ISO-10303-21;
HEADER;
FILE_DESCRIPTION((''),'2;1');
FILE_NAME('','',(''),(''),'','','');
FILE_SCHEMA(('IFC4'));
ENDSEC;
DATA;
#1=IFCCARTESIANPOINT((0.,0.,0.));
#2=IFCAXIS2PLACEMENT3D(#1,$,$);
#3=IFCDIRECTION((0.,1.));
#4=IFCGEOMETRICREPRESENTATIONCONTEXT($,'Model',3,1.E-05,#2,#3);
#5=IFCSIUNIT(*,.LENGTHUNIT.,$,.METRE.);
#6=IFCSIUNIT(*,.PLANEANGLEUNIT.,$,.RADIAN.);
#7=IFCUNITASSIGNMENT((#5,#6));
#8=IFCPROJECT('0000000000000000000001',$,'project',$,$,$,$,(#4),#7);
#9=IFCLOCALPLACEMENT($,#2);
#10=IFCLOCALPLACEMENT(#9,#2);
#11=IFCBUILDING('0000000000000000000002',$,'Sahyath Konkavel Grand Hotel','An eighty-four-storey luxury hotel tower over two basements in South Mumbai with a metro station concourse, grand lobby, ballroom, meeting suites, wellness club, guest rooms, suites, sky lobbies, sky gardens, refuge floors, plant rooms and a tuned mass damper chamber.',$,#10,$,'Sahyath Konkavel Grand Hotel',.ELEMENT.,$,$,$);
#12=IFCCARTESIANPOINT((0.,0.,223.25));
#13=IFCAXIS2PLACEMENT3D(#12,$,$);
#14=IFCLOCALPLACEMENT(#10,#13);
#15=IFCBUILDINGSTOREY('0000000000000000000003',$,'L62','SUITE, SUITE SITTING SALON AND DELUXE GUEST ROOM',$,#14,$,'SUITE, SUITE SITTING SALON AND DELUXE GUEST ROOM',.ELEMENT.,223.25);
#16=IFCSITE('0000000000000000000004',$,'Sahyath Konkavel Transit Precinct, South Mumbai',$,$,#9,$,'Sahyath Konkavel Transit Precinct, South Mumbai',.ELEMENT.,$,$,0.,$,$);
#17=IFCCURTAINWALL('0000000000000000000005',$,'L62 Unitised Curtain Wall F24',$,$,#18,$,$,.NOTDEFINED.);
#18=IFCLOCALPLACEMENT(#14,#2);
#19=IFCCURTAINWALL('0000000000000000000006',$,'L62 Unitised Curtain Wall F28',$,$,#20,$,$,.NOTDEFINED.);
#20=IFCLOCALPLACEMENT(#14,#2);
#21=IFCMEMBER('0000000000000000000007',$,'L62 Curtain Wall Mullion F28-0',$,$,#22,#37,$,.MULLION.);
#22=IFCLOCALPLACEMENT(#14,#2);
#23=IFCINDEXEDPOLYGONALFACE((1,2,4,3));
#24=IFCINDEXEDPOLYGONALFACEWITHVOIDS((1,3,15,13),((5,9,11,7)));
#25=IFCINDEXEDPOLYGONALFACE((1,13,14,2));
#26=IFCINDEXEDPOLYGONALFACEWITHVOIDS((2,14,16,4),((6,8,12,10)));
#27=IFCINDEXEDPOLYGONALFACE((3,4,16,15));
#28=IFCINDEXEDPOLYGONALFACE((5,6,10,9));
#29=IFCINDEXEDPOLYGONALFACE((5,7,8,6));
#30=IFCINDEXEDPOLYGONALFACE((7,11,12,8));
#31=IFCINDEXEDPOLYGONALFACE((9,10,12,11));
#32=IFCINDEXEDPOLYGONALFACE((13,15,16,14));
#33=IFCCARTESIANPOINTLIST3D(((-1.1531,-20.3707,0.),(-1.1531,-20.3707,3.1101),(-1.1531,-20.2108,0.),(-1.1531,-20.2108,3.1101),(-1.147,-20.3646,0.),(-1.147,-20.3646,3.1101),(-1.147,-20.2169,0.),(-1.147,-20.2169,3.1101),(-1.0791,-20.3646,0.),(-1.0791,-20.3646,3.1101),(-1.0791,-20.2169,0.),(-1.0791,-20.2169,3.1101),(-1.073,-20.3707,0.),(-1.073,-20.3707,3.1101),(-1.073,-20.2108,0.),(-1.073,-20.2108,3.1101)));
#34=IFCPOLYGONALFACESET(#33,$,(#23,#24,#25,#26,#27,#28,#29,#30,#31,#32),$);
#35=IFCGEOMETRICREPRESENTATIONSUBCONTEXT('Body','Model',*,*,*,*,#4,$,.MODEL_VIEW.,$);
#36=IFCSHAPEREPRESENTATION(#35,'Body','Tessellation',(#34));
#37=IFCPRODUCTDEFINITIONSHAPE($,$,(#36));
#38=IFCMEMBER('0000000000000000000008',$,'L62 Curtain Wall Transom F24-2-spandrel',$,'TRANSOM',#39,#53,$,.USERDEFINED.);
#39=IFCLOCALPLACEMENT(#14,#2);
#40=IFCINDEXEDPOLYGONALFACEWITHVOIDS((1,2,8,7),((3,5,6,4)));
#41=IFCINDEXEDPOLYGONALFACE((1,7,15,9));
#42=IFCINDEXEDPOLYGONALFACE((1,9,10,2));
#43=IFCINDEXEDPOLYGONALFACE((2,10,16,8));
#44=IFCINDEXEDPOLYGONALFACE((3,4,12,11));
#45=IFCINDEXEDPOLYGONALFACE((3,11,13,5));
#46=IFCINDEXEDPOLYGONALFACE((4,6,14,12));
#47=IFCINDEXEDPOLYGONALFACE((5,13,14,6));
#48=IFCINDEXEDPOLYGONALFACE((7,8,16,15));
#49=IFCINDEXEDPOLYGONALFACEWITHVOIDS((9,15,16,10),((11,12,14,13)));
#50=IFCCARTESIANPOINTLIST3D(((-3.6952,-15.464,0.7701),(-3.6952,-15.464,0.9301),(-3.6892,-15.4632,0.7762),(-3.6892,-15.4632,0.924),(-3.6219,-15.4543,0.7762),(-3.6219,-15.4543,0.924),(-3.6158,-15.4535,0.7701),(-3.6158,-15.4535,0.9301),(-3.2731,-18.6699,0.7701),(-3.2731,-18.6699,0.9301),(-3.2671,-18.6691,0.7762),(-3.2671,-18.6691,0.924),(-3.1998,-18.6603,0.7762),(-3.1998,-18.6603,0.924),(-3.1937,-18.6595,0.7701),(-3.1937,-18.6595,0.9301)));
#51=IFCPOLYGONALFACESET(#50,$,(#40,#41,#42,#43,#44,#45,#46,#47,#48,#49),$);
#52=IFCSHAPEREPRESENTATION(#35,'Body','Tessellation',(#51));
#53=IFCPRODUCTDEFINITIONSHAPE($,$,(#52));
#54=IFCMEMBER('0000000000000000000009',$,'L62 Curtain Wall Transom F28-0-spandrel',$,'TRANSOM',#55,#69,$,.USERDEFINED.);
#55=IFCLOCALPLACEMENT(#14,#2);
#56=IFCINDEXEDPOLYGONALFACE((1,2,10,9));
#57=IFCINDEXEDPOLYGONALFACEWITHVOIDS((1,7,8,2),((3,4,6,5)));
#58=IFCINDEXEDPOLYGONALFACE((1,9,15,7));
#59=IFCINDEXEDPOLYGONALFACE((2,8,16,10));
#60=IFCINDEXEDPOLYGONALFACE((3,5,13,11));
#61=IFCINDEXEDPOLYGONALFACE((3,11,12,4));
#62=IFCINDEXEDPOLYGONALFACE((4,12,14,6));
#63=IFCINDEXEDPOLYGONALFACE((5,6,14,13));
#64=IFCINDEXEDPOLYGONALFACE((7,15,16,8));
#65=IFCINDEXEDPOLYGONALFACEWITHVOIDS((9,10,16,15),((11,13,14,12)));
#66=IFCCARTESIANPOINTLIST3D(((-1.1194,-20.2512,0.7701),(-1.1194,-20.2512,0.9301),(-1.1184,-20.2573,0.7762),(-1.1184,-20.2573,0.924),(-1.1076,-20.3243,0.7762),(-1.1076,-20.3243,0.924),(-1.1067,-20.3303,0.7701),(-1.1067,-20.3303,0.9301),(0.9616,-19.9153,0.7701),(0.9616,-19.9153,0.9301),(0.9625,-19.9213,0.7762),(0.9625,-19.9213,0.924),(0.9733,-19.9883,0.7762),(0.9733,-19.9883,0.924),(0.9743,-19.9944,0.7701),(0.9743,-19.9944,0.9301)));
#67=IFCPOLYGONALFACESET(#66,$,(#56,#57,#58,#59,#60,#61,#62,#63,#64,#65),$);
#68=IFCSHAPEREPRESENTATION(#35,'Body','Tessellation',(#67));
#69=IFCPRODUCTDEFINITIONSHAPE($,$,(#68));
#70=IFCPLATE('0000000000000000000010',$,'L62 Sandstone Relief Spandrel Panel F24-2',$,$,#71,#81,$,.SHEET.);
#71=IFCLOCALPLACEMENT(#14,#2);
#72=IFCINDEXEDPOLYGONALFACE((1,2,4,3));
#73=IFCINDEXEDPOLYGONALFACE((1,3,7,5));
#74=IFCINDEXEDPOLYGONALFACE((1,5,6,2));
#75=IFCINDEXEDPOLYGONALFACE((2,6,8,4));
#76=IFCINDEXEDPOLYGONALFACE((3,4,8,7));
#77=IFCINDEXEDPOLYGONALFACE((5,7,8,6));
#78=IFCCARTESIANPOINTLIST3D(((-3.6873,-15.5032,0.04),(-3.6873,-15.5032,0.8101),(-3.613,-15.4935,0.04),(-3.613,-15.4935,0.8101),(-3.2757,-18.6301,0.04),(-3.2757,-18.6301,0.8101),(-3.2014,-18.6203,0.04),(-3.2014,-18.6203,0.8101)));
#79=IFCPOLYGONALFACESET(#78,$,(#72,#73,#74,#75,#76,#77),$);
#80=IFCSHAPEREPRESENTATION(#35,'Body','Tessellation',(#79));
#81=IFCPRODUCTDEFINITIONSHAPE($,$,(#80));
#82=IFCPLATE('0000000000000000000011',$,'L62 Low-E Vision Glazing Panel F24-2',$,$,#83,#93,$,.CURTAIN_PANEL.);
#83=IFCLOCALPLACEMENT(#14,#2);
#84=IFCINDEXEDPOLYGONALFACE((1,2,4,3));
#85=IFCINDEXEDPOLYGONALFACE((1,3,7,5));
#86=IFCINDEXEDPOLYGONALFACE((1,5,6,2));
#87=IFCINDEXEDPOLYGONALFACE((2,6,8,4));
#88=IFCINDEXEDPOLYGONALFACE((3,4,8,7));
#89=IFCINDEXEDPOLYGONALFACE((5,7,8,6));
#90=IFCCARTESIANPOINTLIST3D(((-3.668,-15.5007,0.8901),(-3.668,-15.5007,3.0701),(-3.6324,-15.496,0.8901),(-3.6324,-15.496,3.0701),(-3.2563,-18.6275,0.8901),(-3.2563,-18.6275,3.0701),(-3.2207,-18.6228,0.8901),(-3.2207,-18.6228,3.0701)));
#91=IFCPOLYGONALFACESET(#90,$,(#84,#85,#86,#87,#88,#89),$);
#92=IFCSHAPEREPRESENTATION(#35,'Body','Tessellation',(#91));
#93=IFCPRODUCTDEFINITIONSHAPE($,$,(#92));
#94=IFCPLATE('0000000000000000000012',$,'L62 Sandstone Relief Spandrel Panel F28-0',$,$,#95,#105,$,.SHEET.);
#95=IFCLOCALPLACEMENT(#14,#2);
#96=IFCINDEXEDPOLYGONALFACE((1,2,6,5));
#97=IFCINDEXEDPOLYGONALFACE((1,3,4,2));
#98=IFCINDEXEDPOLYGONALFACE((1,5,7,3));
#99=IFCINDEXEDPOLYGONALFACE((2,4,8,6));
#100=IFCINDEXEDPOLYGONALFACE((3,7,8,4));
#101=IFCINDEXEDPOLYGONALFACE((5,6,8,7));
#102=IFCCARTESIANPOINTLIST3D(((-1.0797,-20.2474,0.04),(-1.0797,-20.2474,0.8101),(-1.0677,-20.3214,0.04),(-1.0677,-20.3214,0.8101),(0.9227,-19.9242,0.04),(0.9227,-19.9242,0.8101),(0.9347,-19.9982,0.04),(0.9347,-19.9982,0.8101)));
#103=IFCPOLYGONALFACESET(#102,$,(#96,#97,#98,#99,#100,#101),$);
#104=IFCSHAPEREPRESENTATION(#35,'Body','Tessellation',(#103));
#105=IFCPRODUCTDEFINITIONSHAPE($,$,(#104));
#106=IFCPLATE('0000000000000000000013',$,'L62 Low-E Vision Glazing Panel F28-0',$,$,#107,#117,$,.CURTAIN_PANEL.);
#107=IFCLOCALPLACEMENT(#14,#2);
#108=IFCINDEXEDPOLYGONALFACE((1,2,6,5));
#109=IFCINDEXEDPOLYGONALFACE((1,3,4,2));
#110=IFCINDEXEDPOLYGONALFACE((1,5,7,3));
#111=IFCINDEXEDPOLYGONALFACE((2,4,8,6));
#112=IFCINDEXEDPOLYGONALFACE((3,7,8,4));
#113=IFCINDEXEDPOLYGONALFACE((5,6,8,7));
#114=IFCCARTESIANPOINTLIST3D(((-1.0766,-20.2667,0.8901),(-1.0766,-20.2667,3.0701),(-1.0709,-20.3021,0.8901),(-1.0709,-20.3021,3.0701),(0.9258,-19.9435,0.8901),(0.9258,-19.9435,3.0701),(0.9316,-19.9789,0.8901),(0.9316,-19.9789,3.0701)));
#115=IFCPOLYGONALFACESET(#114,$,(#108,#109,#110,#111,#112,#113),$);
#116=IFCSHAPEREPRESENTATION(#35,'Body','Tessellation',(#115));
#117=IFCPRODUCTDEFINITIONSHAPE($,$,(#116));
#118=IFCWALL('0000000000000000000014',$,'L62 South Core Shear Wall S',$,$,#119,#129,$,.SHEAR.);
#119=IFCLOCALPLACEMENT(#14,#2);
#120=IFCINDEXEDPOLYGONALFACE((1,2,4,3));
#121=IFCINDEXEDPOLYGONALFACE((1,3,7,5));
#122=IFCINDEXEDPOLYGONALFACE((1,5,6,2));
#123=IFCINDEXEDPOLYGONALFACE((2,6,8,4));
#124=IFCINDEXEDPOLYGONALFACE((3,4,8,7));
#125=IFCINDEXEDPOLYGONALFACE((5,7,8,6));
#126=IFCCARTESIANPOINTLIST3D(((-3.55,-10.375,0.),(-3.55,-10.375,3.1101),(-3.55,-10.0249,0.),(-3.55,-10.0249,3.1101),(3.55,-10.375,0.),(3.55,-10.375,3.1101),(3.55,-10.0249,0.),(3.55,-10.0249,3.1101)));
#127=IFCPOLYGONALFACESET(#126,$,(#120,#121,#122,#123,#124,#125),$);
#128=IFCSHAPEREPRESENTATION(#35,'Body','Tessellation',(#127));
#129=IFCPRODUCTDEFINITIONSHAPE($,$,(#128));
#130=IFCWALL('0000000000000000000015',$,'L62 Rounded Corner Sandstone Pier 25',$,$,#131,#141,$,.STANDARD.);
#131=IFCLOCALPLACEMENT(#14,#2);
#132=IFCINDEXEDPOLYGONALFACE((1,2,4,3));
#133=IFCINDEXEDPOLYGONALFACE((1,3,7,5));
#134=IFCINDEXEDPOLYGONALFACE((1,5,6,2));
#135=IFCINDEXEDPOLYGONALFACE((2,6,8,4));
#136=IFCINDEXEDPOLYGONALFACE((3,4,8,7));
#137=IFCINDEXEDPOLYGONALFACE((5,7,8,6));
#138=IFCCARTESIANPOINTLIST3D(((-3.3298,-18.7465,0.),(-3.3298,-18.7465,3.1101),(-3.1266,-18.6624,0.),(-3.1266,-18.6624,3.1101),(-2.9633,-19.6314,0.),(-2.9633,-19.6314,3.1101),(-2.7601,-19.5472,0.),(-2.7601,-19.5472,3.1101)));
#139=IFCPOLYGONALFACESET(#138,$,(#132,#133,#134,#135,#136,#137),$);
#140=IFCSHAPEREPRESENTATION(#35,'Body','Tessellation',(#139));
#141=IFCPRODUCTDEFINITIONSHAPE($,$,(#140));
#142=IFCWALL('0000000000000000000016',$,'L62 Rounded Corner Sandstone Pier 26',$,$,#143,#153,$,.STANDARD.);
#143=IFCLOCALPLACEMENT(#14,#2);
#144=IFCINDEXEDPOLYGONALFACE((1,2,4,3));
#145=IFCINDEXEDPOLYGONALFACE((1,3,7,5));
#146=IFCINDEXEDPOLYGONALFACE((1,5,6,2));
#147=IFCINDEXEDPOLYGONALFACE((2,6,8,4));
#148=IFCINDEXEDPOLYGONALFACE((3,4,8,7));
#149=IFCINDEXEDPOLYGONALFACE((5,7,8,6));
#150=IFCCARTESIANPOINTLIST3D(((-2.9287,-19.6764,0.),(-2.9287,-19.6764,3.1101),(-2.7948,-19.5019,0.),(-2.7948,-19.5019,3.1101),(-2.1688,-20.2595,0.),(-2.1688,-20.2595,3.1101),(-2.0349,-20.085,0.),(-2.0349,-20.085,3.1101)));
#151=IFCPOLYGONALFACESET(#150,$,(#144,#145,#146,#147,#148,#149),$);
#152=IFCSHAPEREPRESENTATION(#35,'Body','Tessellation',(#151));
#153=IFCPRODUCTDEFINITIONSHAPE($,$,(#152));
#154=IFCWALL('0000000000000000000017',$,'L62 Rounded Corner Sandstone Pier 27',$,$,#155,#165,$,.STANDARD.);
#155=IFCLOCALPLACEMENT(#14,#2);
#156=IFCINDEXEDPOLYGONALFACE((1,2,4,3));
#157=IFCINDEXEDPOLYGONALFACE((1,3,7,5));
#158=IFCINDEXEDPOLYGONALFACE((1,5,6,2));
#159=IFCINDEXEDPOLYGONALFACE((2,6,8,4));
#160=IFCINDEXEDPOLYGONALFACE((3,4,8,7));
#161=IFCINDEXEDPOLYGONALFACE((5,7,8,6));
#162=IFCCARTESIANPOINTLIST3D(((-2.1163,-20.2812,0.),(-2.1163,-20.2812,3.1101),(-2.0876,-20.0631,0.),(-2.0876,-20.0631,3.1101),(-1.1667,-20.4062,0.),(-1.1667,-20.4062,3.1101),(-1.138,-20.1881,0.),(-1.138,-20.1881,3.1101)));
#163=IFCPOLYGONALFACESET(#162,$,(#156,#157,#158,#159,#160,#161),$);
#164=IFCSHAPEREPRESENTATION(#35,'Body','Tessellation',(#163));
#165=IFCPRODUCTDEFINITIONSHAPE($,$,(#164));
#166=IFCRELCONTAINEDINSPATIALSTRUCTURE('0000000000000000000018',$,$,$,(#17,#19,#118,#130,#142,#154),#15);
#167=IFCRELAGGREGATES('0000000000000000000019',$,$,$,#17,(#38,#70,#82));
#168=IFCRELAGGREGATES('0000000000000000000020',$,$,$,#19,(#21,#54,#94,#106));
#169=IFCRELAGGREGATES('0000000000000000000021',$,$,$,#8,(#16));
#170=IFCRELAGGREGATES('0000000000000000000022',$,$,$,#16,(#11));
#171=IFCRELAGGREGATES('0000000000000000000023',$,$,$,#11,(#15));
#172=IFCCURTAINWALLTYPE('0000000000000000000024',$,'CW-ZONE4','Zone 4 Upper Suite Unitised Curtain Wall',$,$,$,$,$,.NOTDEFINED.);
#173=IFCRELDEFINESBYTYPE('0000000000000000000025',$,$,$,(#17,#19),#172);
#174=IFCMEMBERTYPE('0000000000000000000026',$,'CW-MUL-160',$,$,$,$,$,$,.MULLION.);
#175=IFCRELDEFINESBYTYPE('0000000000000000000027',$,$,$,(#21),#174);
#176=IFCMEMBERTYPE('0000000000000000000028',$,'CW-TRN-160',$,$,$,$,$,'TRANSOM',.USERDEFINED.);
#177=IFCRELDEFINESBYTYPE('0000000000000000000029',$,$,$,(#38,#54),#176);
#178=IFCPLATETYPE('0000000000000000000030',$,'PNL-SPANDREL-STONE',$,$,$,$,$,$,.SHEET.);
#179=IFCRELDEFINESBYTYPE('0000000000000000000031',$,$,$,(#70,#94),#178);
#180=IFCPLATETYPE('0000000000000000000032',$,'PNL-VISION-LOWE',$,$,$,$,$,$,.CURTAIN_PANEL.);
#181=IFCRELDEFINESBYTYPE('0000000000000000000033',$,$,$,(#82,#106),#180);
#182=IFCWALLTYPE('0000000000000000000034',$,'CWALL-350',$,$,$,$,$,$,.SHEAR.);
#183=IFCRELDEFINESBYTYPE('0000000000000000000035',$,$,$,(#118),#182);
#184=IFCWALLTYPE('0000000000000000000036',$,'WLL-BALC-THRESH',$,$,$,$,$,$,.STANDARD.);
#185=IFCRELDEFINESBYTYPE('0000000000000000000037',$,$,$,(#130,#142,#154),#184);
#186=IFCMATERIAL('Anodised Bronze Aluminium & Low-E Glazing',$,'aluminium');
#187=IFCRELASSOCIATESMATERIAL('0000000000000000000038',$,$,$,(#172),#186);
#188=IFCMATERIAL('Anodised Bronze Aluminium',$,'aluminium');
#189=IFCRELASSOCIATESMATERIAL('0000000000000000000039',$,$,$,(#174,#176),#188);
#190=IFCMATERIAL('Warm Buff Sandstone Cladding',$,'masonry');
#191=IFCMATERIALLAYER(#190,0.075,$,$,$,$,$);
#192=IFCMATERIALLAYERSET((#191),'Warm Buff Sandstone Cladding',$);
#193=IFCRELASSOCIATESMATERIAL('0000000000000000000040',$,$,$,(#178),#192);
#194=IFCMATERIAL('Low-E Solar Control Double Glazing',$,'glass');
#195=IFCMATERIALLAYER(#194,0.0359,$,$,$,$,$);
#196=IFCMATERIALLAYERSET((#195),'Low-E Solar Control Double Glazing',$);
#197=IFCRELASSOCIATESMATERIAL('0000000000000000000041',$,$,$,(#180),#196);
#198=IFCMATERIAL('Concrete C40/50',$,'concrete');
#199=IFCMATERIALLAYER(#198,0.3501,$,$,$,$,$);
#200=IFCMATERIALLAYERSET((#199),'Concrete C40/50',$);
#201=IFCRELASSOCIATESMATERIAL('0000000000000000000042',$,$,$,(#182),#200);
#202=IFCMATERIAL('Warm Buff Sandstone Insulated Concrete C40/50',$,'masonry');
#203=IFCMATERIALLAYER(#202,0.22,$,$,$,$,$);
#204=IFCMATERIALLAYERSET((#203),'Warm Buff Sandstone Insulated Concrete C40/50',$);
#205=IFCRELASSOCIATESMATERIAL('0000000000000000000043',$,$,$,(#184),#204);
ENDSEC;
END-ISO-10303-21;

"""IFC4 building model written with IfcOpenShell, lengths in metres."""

from ifc_helpers import new_model, si_unit, direction, frame, frame_2d, origin, origin_2d, place, context, subcontext, project, spatial, rectangle, hollow_rectangle, extrude, source, transform, mapped, material, layer, layer_set, material_profile, profile_set, type_object, element, aggregate, save


model = new_model("IFC4")

# Units and contexts
model_context = context("Model", 3, precision=1e-05, world=origin(), true_north=direction((0.0, 1.0)))
body_context = subcontext(model_context, "Body", "Model", "MODEL_VIEW")
ifc_project = project(units=[si_unit("LENGTHUNIT", "METRE"), si_unit("PLANEANGLEUNIT", "RADIAN")], contexts=[model_context])

# Site, building, storey
site_placement = place(None, origin())
site = spatial("IfcSite", under=ifc_project, at=site_placement, Name="Sahyath Konkavel Transit Precinct, South Mumbai", LongName="Sahyath Konkavel Transit Precinct, South Mumbai", CompositionType="ELEMENT", RefElevation=0.0)
building_placement = place(site_placement, origin())
building = spatial("IfcBuilding", under=site, at=building_placement, Name="Sahyath Konkavel Grand Hotel", Description="An eighty-four-storey luxury hotel tower over two basements in South Mumbai with a metro station concourse, grand lobby, ballroom, meeting suites, wellness club, guest rooms, suites, sky lobbies, sky gardens, refuge floors, plant rooms and a tuned mass damper chamber.", LongName="Sahyath Konkavel Grand Hotel", CompositionType="ELEMENT")
storey_placement = place(building_placement, frame((0.0, 0.0, 223.25)))
storey = spatial("IfcBuildingStorey", under=building, at=storey_placement, Name="L62", Description="SUITE, SUITE SITTING SALON AND DELUXE GUEST ROOM", LongName="SUITE, SUITE SITTING SALON AND DELUXE GUEST ROOM", CompositionType="ELEMENT", Elevation=223.25)

# Shared definitions
ifc_material_1 = material(Name="Concrete C40/50", Category="concrete")

# Curtain wall
ifc_material_2 = material(Name="Anodised Bronze Aluminium & Low-E Glazing", Category="aluminium")
curtain_wall_type = type_object("IfcCurtainWallType", Name="CW-ZONE4", Description="Zone 4 Upper Suite Unitised Curtain Wall", PredefinedType="NOTDEFINED", material=ifc_material_2)
curtain_wall_1_placement = place(storey_placement, origin())
curtain_wall_1 = element("IfcCurtainWall", 1, at=curtain_wall_1_placement, inside=storey, type_object=curtain_wall_type, Name="L62 Unitised Curtain Wall F24", PredefinedType="NOTDEFINED")
ifc_material_3 = material(Name="Anodised Bronze Aluminium", Category="aluminium")
ifc_material_profile_1 = material_profile(ifc_material_3, hollow_rectangle(XDim=0.0801, YDim=0.1599, WallThickness=0.0061, at=origin_2d()), Name="RHS 160x80x6")
ifc_profile_set_1 = profile_set([ifc_material_profile_1], Name="Anodised Bronze Aluminium")
member_type_1 = type_object("IfcMemberType", Name="CW-MUL-160", PredefinedType="MULLION", material=ifc_profile_set_1)
shared_shape_1 = source(origin(), body_context, "Body", "SweptSolid", [
    extrude(hollow_rectangle(XDim=0.0801, YDim=0.1599, WallThickness=0.0061, at=origin_2d()), origin(), (0.0, 0.0, 1.0), 3.1101),
])

# Curtain wall, member
curtain_wall_2_placement = place(storey_placement, origin())
curtain_wall_2 = element("IfcCurtainWall", 2, at=curtain_wall_2_placement, inside=storey, type_object=curtain_wall_type, Name="L62 Unitised Curtain Wall F28", PredefinedType="NOTDEFINED")
member_1_placement = place(storey_placement, frame((-1.113, -20.2908, 0.0), z_axis=(0.0, 0.0, 1.0), x_axis=(1.0, 0.0, 0.0)))
member_1 = element("IfcMember", 3, at=member_1_placement, type_object=member_type_1, Name="L62 Curtain Wall Mullion F28-0", PredefinedType="MULLION", context=body_context, shape_type="MappedRepresentation", body=[
    mapped(shared_shape_1, transform((0.0, 0.0, 0.0), scale=1.0)),
])

# Members
ifc_material_profile_2 = material_profile(ifc_material_3, hollow_rectangle(XDim=0.0801, YDim=0.1599, WallThickness=0.0061, at=origin_2d()), Name="RHS 160x80x6")
ifc_profile_set_2 = profile_set([ifc_material_profile_2], Name="Anodised Bronze Aluminium")
member_type_2 = type_object("IfcMemberType", Name="CW-TRN-160", ElementType="TRANSOM", PredefinedType="USERDEFINED", material=ifc_profile_set_2)
shared_shape_2 = source(origin(), body_context, "Body", "SweptSolid", [
    extrude(hollow_rectangle(XDim=0.0801, YDim=0.1599, WallThickness=0.0061, at=origin_2d()), origin(), (0.0, 0.0, 1.0), 3.2336),
])
member_2_placement = place(storey_placement, frame((-3.6555, -15.4587, 0.8501), z_axis=(0.130537, -0.991443, 0.0), x_axis=(0.991443, 0.130537, 0.0)))
member_2 = element("IfcMember", 4, at=member_2_placement, type_object=member_type_2, Name="L62 Curtain Wall Transom F24-2-spandrel", ObjectType="TRANSOM", PredefinedType="USERDEFINED", context=body_context, shape_type="MappedRepresentation", body=[
    mapped(shared_shape_2, transform((0.0, 0.0, 0.0), scale=1.0)),
])
shared_shape_3 = source(origin(), body_context, "Body", "SweptSolid", [
    extrude(hollow_rectangle(XDim=0.0801, YDim=0.1599, WallThickness=0.0061, at=origin_2d()), origin(), (0.0, 0.0, 1.0), 2.1079),
])
member_3_placement = place(storey_placement, frame((-1.113, -20.2908, 0.8501), z_axis=(0.98722, 0.159364, 0.0), x_axis=(-0.159364, 0.98722, 0.0)))
member_3 = element("IfcMember", 5, at=member_3_placement, type_object=member_type_2, Name="L62 Curtain Wall Transom F28-0-spandrel", ObjectType="TRANSOM", PredefinedType="USERDEFINED", context=body_context, shape_type="MappedRepresentation", body=[
    mapped(shared_shape_3, transform((0.0, 0.0, 0.0), scale=1.0)),
])

# Plates
ifc_material_4 = material(Name="Warm Buff Sandstone Cladding", Category="masonry")
ifc_layer_1 = layer(ifc_material_4, 0.075)
ifc_layer_set_1 = layer_set([ifc_layer_1], Name="Warm Buff Sandstone Cladding")
plate_type_1 = type_object("IfcPlateType", Name="PNL-SPANDREL-STONE", PredefinedType="SHEET", material=ifc_layer_set_1)
shared_shape_4 = source(origin(), body_context, "Body", "SweptSolid", [
    extrude(rectangle(XDim=3.1538, YDim=0.075, at=origin_2d()), origin(), (0.0, 0.0, 1.0), 0.77),
])
plate_1_placement = place(storey_placement, frame((-3.4443, -17.0618, 0.04), z_axis=(0.0, 0.0, 1.0), x_axis=(0.130526, -0.991445, 0.0)))
plate_1 = element("IfcPlate", 6, at=plate_1_placement, type_object=plate_type_1, Name="L62 Sandstone Relief Spandrel Panel F24-2", PredefinedType="SHEET", context=body_context, shape_type="MappedRepresentation", body=[
    mapped(shared_shape_4, transform((0.0, 0.0, 0.0), scale=1.0)),
])
ifc_material_5 = material(Name="Low-E Solar Control Double Glazing", Category="glass")
ifc_layer_2 = layer(ifc_material_5, 0.0359)
ifc_layer_set_2 = layer_set([ifc_layer_2], Name="Low-E Solar Control Double Glazing")
plate_type_2 = type_object("IfcPlateType", Name="PNL-VISION-LOWE", PredefinedType="CURTAIN_PANEL", material=ifc_layer_set_2)
shared_shape_5 = source(origin(), body_context, "Body", "SweptSolid", [
    extrude(rectangle(XDim=3.1538, YDim=0.0359, at=origin_2d()), origin(), (0.0, 0.0, 1.0), 2.1799),
])
plate_2_placement = place(storey_placement, frame((-3.4443, -17.0618, 0.8901), z_axis=(0.0, 0.0, 1.0), x_axis=(0.130526, -0.991445, 0.0)))
plate_2 = element("IfcPlate", 7, at=plate_2_placement, type_object=plate_type_2, Name="L62 Low-E Vision Glazing Panel F24-2", PredefinedType="CURTAIN_PANEL", context=body_context, shape_type="MappedRepresentation", body=[
    mapped(shared_shape_5, transform((0.0, 0.0, 0.0), scale=1.0)),
])
aggregate(curtain_wall_1, [member_2, plate_1, plate_2])
shared_shape_6 = source(origin(), body_context, "Body", "SweptSolid", [
    extrude(rectangle(XDim=2.0283, YDim=0.075, at=origin_2d()), origin(), (0.0, 0.0, 1.0), 0.77),
])
plate_3_placement = place(storey_placement, frame((-0.0725, -20.1228, 0.04), z_axis=(0.0, 0.0, 1.0), x_axis=(0.987223, 0.159347, 0.0)))
plate_3 = element("IfcPlate", 8, at=plate_3_placement, type_object=plate_type_1, Name="L62 Sandstone Relief Spandrel Panel F28-0", PredefinedType="SHEET", context=body_context, shape_type="MappedRepresentation", body=[
    mapped(shared_shape_6, transform((0.0, 0.0, 0.0), scale=1.0)),
])
shared_shape_7 = source(origin(), body_context, "Body", "SweptSolid", [
    extrude(rectangle(XDim=2.0283, YDim=0.0359, at=origin_2d()), origin(), (0.0, 0.0, 1.0), 2.1799),
])
plate_4_placement = place(storey_placement, frame((-0.0725, -20.1228, 0.8901), z_axis=(0.0, 0.0, 1.0), x_axis=(0.987223, 0.159347, 0.0)))
plate_4 = element("IfcPlate", 9, at=plate_4_placement, type_object=plate_type_2, Name="L62 Low-E Vision Glazing Panel F28-0", PredefinedType="CURTAIN_PANEL", context=body_context, shape_type="MappedRepresentation", body=[
    mapped(shared_shape_7, transform((0.0, 0.0, 0.0), scale=1.0)),
])
aggregate(curtain_wall_2, [member_1, member_3, plate_3, plate_4])

# Walls
ifc_layer_3 = layer(ifc_material_1, 0.3501)
ifc_layer_set_3 = layer_set([ifc_layer_3], Name="Concrete C40/50")
wall_type_1 = type_object("IfcWallType", Name="CWALL-350", PredefinedType="SHEAR", material=ifc_layer_set_3)
wall_1_placement = place(storey_placement, frame((-3.55, -10.2, 0.0), z_axis=(0.0, 0.0, 1.0), x_axis=(1.0, 0.0, 0.0)))
element("IfcWall", 10, at=wall_1_placement, inside=storey, type_object=wall_type_1, Name="L62 South Core Shear Wall S", PredefinedType="SHEAR", context=body_context, shape_type="SweptSolid", body=[
    extrude(rectangle(XDim=7.1001, YDim=0.3501, at=frame_2d((3.55, 0.0))), origin(), (0.0, 0.0, 1.0), 3.1101),
])
ifc_material_6 = material(Name="Warm Buff Sandstone Insulated Concrete C40/50", Category="masonry")
ifc_layer_4 = layer(ifc_material_6, 0.22)
ifc_layer_set_4 = layer_set([ifc_layer_4], Name="Warm Buff Sandstone Insulated Concrete C40/50")
wall_type_2 = type_object("IfcWallType", Name="WLL-BALC-THRESH", PredefinedType="STANDARD", material=ifc_layer_set_4)
for number, where, z_axis, x_axis, name in (
    (11, (-3.2283, -18.7043, 0.0), (0.0, 0.0, 1.0), (0.38266, -0.923889, 0.0), "L62 Rounded Corner Sandstone Pier 25"),
    (12, (-2.8618, -19.5891, 0.0), (0.0, 0.0, 1.0), (0.793344, -0.608774, 0.0), "L62 Rounded Corner Sandstone Pier 26"),
    (13, (-2.1021, -20.1721, 0.0), (0.0, 0.0, 1.0), (0.991445, -0.130527, 0.0), "L62 Rounded Corner Sandstone Pier 27"),
):
    element("IfcWall", number, at=place(storey_placement, frame(where, z_axis=z_axis, x_axis=x_axis)), inside=storey, type_object=wall_type_2, Name=name, PredefinedType="STANDARD", context=body_context, shape_type="SweptSolid", body=[
        extrude(rectangle(XDim=0.9578, YDim=0.22, at=frame_2d((0.479, 0.0))), origin(), (0.0, 0.0, 1.0), 3.1101),
    ])

save(model, "model.ifc")
